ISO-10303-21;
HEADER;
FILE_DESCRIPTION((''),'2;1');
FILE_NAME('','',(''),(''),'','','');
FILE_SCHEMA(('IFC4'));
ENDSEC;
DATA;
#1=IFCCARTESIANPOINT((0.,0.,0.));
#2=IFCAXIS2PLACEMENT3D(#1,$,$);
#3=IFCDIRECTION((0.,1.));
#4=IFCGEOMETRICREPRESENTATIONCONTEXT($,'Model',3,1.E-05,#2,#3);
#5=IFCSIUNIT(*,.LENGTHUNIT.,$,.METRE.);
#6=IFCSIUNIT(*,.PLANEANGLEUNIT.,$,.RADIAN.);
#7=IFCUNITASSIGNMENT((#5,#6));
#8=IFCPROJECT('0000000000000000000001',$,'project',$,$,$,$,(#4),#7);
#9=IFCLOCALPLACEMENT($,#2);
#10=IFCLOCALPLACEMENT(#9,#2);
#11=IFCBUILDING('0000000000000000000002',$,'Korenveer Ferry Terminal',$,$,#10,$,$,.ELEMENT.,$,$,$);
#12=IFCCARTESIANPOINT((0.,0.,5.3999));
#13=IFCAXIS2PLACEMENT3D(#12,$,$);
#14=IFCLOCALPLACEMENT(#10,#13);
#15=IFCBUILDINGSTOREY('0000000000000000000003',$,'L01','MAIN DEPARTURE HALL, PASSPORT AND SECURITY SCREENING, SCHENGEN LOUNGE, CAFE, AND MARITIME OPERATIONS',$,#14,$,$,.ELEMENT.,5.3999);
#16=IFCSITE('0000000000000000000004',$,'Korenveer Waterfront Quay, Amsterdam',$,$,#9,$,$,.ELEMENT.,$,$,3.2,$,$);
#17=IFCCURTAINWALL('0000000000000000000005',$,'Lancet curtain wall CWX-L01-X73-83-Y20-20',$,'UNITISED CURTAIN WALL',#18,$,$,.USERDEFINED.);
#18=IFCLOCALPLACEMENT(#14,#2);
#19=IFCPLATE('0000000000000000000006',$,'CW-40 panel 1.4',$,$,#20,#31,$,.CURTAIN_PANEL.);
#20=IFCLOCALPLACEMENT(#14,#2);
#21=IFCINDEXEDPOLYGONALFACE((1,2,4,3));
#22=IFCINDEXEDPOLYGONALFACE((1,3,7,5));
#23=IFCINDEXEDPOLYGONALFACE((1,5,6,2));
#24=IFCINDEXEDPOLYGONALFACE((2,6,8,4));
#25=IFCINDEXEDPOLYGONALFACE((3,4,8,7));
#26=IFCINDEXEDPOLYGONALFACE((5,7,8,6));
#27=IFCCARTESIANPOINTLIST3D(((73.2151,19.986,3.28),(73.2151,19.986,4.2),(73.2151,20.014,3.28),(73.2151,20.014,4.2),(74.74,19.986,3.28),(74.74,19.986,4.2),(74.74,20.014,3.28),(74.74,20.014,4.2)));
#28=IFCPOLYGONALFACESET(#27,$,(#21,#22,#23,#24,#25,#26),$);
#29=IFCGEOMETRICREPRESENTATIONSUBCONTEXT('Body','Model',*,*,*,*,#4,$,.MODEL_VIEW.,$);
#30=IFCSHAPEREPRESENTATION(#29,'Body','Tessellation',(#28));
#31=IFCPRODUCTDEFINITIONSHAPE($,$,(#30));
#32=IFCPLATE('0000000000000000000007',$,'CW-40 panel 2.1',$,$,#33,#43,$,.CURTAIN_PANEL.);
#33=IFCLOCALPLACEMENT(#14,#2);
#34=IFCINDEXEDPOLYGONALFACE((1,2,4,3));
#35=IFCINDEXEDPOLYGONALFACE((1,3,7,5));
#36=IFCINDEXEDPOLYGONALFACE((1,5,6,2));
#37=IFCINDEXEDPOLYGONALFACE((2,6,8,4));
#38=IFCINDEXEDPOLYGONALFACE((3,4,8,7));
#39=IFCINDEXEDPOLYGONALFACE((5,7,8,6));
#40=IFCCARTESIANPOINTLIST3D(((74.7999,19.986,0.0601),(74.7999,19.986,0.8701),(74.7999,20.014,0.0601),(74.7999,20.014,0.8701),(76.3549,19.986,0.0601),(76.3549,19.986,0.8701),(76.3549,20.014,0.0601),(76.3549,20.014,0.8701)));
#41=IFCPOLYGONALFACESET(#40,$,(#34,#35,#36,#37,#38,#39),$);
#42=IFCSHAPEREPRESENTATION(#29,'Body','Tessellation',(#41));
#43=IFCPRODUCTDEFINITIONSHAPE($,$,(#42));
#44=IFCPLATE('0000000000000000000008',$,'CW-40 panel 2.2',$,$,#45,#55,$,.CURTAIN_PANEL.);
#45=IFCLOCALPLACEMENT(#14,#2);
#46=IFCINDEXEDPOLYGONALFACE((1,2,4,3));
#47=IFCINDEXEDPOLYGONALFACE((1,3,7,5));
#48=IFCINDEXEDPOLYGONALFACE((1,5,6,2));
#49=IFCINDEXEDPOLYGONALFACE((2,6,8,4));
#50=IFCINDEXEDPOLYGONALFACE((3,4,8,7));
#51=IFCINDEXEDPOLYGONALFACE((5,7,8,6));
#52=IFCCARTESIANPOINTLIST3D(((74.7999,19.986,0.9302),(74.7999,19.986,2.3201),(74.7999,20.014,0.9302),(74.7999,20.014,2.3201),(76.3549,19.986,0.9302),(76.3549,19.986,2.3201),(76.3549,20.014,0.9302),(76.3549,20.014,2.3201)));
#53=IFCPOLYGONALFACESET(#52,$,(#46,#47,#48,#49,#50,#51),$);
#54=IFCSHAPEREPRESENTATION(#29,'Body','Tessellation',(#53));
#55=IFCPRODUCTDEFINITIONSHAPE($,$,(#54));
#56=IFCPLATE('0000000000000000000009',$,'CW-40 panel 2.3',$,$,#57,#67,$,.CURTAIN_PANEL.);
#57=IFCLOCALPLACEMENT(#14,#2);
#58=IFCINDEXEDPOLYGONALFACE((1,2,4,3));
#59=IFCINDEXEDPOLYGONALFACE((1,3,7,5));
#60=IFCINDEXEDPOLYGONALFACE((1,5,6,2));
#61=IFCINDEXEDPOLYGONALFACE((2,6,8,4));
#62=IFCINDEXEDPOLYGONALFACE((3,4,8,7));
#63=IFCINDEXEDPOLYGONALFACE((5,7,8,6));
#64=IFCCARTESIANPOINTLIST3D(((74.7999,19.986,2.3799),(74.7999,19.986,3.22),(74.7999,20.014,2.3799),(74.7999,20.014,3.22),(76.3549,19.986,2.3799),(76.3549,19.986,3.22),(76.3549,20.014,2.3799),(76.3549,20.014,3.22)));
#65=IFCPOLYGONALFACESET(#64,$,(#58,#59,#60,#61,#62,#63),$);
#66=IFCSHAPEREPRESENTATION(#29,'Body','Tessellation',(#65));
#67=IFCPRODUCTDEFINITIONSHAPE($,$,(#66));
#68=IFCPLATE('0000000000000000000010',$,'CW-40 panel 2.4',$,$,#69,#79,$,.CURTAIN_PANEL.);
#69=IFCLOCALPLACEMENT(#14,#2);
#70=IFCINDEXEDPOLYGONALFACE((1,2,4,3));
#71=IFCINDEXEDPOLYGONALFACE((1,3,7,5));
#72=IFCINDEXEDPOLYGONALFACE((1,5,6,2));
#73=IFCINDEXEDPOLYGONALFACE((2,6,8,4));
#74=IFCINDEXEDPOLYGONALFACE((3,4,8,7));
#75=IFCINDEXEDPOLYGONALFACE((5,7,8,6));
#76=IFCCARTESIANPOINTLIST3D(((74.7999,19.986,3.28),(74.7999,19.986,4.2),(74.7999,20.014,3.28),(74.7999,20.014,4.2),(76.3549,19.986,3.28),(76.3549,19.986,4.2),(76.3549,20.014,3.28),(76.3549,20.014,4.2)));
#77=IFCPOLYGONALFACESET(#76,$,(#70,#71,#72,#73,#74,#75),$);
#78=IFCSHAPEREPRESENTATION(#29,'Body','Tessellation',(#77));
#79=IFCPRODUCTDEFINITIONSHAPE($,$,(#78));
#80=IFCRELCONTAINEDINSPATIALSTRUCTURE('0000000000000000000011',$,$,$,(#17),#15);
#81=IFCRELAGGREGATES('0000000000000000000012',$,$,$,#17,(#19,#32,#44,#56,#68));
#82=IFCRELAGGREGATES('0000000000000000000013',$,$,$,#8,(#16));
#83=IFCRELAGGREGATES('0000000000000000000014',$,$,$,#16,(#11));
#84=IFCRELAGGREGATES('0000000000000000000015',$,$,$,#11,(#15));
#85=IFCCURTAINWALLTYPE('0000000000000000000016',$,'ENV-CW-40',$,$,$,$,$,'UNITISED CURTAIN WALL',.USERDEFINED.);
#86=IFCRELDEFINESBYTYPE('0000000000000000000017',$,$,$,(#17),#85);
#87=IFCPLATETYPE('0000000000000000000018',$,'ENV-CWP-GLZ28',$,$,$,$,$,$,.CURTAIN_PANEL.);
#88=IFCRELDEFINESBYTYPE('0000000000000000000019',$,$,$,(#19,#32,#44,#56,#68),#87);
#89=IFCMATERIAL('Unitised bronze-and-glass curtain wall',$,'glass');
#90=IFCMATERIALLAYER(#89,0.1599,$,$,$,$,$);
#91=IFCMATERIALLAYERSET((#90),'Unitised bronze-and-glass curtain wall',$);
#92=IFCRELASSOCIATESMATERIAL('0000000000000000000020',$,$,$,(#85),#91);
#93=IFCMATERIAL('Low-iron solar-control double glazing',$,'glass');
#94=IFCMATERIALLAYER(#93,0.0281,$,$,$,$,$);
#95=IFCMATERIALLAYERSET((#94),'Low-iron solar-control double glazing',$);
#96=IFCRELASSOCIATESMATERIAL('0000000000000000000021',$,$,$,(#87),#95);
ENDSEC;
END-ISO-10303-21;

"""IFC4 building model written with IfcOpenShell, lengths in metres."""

from ifc_helpers import new_model, si_unit, direction, frame, origin, origin_2d, place, context, subcontext, project, spatial, rectangle, extrude, material, layer, layer_set, type_object, element, aggregate, save


model = new_model("IFC4")

# Units and contexts
model_context = context("Model", 3, precision=1e-05, world=origin(), true_north=direction((0.0, 1.0)))
body_context = subcontext(model_context, "Body", "Model", "MODEL_VIEW")
ifc_project = project(units=[si_unit("LENGTHUNIT", "METRE"), si_unit("PLANEANGLEUNIT", "RADIAN")], contexts=[model_context])

# Site, building, storey
site_placement = place(None, origin())
site = spatial("IfcSite", under=ifc_project, at=site_placement, Name="Korenveer Waterfront Quay, Amsterdam", CompositionType="ELEMENT", RefElevation=3.2)
building_placement = place(site_placement, origin())
building = spatial("IfcBuilding", under=site, at=building_placement, Name="Korenveer Ferry Terminal", CompositionType="ELEMENT")
storey_placement = place(building_placement, frame((0.0, 0.0, 5.3999)))
storey = spatial("IfcBuildingStorey", under=building, at=storey_placement, Name="L01", Description="MAIN DEPARTURE HALL, PASSPORT AND SECURITY SCREENING, SCHENGEN LOUNGE, CAFE, AND MARITIME OPERATIONS", CompositionType="ELEMENT", Elevation=5.3999)

# Curtain wall, plates
ifc_material_1 = material(Name="Unitised bronze-and-glass curtain wall", Category="glass")
ifc_layer_1 = layer(ifc_material_1, 0.1599)
ifc_layer_set_1 = layer_set([ifc_layer_1], Name="Unitised bronze-and-glass curtain wall")
curtain_wall_type = type_object("IfcCurtainWallType", Name="ENV-CW-40", ElementType="UNITISED CURTAIN WALL", PredefinedType="USERDEFINED", material=ifc_layer_set_1)
curtain_wall_placement = place(storey_placement, frame((73.155, 20.0, 0.0)))
curtain_wall = element("IfcCurtainWall", 1, at=curtain_wall_placement, inside=storey, type_object=curtain_wall_type, Name="Lancet curtain wall CWX-L01-X73-83-Y20-20", ObjectType="UNITISED CURTAIN WALL", PredefinedType="USERDEFINED")
ifc_material_2 = material(Name="Low-iron solar-control double glazing", Category="glass")
ifc_layer_2 = layer(ifc_material_2, 0.0281)
ifc_layer_set_2 = layer_set([ifc_layer_2], Name="Low-iron solar-control double glazing")
plate_type = type_object("IfcPlateType", Name="ENV-CWP-GLZ28", PredefinedType="CURTAIN_PANEL", material=ifc_layer_set_2)
plate_1_placement = place(storey_placement, frame((73.9775, 20.0, 3.28), z_axis=(0.0, 0.0, 1.0), x_axis=(1.0, 0.0, 0.0)))
plate_1 = element("IfcPlate", 2, at=plate_1_placement, type_object=plate_type, Name="CW-40 panel 1.4", PredefinedType="CURTAIN_PANEL", context=body_context, shape_type="SweptSolid", body=[
    extrude(rectangle(XDim=1.5249, YDim=0.0281, at=origin_2d()), origin(), (0.0, 0.0, 1.0), 0.9199),
])
plate_2_placement = place(storey_placement, frame((75.5774, 20.0, 0.0601), z_axis=(0.0, 0.0, 1.0), x_axis=(1.0, 0.0, 0.0)))
plate_2 = element("IfcPlate", 3, at=plate_2_placement, type_object=plate_type, Name="CW-40 panel 2.1", PredefinedType="CURTAIN_PANEL", context=body_context, shape_type="SweptSolid", body=[
    extrude(rectangle(XDim=1.5549, YDim=0.0281, at=origin_2d()), origin(), (0.0, 0.0, 1.0), 0.8101),
])
plate_3_placement = place(storey_placement, frame((75.5774, 20.0, 0.9302), z_axis=(0.0, 0.0, 1.0), x_axis=(1.0, 0.0, 0.0)))
plate_3 = element("IfcPlate", 4, at=plate_3_placement, type_object=plate_type, Name="CW-40 panel 2.2", PredefinedType="CURTAIN_PANEL", context=body_context, shape_type="SweptSolid", body=[
    extrude(rectangle(XDim=1.5549, YDim=0.0281, at=origin_2d()), origin(), (0.0, 0.0, 1.0), 1.3899),
])
plate_4_placement = place(storey_placement, frame((75.5774, 20.0, 2.3799), z_axis=(0.0, 0.0, 1.0), x_axis=(1.0, 0.0, 0.0)))
plate_4 = element("IfcPlate", 5, at=plate_4_placement, type_object=plate_type, Name="CW-40 panel 2.3", PredefinedType="CURTAIN_PANEL", context=body_context, shape_type="SweptSolid", body=[
    extrude(rectangle(XDim=1.5549, YDim=0.0281, at=origin_2d()), origin(), (0.0, 0.0, 1.0), 0.8401),
])
plate_5_placement = place(storey_placement, frame((75.5774, 20.0, 3.28), z_axis=(0.0, 0.0, 1.0), x_axis=(1.0, 0.0, 0.0)))
plate_5 = element("IfcPlate", 6, at=plate_5_placement, type_object=plate_type, Name="CW-40 panel 2.4", PredefinedType="CURTAIN_PANEL", context=body_context, shape_type="SweptSolid", body=[
    extrude(rectangle(XDim=1.5549, YDim=0.0281, at=origin_2d()), origin(), (0.0, 0.0, 1.0), 0.9199),
])
aggregate(curtain_wall, [plate_1, plate_2, plate_3, plate_4, plate_5])

save(model, "model.ifc")
